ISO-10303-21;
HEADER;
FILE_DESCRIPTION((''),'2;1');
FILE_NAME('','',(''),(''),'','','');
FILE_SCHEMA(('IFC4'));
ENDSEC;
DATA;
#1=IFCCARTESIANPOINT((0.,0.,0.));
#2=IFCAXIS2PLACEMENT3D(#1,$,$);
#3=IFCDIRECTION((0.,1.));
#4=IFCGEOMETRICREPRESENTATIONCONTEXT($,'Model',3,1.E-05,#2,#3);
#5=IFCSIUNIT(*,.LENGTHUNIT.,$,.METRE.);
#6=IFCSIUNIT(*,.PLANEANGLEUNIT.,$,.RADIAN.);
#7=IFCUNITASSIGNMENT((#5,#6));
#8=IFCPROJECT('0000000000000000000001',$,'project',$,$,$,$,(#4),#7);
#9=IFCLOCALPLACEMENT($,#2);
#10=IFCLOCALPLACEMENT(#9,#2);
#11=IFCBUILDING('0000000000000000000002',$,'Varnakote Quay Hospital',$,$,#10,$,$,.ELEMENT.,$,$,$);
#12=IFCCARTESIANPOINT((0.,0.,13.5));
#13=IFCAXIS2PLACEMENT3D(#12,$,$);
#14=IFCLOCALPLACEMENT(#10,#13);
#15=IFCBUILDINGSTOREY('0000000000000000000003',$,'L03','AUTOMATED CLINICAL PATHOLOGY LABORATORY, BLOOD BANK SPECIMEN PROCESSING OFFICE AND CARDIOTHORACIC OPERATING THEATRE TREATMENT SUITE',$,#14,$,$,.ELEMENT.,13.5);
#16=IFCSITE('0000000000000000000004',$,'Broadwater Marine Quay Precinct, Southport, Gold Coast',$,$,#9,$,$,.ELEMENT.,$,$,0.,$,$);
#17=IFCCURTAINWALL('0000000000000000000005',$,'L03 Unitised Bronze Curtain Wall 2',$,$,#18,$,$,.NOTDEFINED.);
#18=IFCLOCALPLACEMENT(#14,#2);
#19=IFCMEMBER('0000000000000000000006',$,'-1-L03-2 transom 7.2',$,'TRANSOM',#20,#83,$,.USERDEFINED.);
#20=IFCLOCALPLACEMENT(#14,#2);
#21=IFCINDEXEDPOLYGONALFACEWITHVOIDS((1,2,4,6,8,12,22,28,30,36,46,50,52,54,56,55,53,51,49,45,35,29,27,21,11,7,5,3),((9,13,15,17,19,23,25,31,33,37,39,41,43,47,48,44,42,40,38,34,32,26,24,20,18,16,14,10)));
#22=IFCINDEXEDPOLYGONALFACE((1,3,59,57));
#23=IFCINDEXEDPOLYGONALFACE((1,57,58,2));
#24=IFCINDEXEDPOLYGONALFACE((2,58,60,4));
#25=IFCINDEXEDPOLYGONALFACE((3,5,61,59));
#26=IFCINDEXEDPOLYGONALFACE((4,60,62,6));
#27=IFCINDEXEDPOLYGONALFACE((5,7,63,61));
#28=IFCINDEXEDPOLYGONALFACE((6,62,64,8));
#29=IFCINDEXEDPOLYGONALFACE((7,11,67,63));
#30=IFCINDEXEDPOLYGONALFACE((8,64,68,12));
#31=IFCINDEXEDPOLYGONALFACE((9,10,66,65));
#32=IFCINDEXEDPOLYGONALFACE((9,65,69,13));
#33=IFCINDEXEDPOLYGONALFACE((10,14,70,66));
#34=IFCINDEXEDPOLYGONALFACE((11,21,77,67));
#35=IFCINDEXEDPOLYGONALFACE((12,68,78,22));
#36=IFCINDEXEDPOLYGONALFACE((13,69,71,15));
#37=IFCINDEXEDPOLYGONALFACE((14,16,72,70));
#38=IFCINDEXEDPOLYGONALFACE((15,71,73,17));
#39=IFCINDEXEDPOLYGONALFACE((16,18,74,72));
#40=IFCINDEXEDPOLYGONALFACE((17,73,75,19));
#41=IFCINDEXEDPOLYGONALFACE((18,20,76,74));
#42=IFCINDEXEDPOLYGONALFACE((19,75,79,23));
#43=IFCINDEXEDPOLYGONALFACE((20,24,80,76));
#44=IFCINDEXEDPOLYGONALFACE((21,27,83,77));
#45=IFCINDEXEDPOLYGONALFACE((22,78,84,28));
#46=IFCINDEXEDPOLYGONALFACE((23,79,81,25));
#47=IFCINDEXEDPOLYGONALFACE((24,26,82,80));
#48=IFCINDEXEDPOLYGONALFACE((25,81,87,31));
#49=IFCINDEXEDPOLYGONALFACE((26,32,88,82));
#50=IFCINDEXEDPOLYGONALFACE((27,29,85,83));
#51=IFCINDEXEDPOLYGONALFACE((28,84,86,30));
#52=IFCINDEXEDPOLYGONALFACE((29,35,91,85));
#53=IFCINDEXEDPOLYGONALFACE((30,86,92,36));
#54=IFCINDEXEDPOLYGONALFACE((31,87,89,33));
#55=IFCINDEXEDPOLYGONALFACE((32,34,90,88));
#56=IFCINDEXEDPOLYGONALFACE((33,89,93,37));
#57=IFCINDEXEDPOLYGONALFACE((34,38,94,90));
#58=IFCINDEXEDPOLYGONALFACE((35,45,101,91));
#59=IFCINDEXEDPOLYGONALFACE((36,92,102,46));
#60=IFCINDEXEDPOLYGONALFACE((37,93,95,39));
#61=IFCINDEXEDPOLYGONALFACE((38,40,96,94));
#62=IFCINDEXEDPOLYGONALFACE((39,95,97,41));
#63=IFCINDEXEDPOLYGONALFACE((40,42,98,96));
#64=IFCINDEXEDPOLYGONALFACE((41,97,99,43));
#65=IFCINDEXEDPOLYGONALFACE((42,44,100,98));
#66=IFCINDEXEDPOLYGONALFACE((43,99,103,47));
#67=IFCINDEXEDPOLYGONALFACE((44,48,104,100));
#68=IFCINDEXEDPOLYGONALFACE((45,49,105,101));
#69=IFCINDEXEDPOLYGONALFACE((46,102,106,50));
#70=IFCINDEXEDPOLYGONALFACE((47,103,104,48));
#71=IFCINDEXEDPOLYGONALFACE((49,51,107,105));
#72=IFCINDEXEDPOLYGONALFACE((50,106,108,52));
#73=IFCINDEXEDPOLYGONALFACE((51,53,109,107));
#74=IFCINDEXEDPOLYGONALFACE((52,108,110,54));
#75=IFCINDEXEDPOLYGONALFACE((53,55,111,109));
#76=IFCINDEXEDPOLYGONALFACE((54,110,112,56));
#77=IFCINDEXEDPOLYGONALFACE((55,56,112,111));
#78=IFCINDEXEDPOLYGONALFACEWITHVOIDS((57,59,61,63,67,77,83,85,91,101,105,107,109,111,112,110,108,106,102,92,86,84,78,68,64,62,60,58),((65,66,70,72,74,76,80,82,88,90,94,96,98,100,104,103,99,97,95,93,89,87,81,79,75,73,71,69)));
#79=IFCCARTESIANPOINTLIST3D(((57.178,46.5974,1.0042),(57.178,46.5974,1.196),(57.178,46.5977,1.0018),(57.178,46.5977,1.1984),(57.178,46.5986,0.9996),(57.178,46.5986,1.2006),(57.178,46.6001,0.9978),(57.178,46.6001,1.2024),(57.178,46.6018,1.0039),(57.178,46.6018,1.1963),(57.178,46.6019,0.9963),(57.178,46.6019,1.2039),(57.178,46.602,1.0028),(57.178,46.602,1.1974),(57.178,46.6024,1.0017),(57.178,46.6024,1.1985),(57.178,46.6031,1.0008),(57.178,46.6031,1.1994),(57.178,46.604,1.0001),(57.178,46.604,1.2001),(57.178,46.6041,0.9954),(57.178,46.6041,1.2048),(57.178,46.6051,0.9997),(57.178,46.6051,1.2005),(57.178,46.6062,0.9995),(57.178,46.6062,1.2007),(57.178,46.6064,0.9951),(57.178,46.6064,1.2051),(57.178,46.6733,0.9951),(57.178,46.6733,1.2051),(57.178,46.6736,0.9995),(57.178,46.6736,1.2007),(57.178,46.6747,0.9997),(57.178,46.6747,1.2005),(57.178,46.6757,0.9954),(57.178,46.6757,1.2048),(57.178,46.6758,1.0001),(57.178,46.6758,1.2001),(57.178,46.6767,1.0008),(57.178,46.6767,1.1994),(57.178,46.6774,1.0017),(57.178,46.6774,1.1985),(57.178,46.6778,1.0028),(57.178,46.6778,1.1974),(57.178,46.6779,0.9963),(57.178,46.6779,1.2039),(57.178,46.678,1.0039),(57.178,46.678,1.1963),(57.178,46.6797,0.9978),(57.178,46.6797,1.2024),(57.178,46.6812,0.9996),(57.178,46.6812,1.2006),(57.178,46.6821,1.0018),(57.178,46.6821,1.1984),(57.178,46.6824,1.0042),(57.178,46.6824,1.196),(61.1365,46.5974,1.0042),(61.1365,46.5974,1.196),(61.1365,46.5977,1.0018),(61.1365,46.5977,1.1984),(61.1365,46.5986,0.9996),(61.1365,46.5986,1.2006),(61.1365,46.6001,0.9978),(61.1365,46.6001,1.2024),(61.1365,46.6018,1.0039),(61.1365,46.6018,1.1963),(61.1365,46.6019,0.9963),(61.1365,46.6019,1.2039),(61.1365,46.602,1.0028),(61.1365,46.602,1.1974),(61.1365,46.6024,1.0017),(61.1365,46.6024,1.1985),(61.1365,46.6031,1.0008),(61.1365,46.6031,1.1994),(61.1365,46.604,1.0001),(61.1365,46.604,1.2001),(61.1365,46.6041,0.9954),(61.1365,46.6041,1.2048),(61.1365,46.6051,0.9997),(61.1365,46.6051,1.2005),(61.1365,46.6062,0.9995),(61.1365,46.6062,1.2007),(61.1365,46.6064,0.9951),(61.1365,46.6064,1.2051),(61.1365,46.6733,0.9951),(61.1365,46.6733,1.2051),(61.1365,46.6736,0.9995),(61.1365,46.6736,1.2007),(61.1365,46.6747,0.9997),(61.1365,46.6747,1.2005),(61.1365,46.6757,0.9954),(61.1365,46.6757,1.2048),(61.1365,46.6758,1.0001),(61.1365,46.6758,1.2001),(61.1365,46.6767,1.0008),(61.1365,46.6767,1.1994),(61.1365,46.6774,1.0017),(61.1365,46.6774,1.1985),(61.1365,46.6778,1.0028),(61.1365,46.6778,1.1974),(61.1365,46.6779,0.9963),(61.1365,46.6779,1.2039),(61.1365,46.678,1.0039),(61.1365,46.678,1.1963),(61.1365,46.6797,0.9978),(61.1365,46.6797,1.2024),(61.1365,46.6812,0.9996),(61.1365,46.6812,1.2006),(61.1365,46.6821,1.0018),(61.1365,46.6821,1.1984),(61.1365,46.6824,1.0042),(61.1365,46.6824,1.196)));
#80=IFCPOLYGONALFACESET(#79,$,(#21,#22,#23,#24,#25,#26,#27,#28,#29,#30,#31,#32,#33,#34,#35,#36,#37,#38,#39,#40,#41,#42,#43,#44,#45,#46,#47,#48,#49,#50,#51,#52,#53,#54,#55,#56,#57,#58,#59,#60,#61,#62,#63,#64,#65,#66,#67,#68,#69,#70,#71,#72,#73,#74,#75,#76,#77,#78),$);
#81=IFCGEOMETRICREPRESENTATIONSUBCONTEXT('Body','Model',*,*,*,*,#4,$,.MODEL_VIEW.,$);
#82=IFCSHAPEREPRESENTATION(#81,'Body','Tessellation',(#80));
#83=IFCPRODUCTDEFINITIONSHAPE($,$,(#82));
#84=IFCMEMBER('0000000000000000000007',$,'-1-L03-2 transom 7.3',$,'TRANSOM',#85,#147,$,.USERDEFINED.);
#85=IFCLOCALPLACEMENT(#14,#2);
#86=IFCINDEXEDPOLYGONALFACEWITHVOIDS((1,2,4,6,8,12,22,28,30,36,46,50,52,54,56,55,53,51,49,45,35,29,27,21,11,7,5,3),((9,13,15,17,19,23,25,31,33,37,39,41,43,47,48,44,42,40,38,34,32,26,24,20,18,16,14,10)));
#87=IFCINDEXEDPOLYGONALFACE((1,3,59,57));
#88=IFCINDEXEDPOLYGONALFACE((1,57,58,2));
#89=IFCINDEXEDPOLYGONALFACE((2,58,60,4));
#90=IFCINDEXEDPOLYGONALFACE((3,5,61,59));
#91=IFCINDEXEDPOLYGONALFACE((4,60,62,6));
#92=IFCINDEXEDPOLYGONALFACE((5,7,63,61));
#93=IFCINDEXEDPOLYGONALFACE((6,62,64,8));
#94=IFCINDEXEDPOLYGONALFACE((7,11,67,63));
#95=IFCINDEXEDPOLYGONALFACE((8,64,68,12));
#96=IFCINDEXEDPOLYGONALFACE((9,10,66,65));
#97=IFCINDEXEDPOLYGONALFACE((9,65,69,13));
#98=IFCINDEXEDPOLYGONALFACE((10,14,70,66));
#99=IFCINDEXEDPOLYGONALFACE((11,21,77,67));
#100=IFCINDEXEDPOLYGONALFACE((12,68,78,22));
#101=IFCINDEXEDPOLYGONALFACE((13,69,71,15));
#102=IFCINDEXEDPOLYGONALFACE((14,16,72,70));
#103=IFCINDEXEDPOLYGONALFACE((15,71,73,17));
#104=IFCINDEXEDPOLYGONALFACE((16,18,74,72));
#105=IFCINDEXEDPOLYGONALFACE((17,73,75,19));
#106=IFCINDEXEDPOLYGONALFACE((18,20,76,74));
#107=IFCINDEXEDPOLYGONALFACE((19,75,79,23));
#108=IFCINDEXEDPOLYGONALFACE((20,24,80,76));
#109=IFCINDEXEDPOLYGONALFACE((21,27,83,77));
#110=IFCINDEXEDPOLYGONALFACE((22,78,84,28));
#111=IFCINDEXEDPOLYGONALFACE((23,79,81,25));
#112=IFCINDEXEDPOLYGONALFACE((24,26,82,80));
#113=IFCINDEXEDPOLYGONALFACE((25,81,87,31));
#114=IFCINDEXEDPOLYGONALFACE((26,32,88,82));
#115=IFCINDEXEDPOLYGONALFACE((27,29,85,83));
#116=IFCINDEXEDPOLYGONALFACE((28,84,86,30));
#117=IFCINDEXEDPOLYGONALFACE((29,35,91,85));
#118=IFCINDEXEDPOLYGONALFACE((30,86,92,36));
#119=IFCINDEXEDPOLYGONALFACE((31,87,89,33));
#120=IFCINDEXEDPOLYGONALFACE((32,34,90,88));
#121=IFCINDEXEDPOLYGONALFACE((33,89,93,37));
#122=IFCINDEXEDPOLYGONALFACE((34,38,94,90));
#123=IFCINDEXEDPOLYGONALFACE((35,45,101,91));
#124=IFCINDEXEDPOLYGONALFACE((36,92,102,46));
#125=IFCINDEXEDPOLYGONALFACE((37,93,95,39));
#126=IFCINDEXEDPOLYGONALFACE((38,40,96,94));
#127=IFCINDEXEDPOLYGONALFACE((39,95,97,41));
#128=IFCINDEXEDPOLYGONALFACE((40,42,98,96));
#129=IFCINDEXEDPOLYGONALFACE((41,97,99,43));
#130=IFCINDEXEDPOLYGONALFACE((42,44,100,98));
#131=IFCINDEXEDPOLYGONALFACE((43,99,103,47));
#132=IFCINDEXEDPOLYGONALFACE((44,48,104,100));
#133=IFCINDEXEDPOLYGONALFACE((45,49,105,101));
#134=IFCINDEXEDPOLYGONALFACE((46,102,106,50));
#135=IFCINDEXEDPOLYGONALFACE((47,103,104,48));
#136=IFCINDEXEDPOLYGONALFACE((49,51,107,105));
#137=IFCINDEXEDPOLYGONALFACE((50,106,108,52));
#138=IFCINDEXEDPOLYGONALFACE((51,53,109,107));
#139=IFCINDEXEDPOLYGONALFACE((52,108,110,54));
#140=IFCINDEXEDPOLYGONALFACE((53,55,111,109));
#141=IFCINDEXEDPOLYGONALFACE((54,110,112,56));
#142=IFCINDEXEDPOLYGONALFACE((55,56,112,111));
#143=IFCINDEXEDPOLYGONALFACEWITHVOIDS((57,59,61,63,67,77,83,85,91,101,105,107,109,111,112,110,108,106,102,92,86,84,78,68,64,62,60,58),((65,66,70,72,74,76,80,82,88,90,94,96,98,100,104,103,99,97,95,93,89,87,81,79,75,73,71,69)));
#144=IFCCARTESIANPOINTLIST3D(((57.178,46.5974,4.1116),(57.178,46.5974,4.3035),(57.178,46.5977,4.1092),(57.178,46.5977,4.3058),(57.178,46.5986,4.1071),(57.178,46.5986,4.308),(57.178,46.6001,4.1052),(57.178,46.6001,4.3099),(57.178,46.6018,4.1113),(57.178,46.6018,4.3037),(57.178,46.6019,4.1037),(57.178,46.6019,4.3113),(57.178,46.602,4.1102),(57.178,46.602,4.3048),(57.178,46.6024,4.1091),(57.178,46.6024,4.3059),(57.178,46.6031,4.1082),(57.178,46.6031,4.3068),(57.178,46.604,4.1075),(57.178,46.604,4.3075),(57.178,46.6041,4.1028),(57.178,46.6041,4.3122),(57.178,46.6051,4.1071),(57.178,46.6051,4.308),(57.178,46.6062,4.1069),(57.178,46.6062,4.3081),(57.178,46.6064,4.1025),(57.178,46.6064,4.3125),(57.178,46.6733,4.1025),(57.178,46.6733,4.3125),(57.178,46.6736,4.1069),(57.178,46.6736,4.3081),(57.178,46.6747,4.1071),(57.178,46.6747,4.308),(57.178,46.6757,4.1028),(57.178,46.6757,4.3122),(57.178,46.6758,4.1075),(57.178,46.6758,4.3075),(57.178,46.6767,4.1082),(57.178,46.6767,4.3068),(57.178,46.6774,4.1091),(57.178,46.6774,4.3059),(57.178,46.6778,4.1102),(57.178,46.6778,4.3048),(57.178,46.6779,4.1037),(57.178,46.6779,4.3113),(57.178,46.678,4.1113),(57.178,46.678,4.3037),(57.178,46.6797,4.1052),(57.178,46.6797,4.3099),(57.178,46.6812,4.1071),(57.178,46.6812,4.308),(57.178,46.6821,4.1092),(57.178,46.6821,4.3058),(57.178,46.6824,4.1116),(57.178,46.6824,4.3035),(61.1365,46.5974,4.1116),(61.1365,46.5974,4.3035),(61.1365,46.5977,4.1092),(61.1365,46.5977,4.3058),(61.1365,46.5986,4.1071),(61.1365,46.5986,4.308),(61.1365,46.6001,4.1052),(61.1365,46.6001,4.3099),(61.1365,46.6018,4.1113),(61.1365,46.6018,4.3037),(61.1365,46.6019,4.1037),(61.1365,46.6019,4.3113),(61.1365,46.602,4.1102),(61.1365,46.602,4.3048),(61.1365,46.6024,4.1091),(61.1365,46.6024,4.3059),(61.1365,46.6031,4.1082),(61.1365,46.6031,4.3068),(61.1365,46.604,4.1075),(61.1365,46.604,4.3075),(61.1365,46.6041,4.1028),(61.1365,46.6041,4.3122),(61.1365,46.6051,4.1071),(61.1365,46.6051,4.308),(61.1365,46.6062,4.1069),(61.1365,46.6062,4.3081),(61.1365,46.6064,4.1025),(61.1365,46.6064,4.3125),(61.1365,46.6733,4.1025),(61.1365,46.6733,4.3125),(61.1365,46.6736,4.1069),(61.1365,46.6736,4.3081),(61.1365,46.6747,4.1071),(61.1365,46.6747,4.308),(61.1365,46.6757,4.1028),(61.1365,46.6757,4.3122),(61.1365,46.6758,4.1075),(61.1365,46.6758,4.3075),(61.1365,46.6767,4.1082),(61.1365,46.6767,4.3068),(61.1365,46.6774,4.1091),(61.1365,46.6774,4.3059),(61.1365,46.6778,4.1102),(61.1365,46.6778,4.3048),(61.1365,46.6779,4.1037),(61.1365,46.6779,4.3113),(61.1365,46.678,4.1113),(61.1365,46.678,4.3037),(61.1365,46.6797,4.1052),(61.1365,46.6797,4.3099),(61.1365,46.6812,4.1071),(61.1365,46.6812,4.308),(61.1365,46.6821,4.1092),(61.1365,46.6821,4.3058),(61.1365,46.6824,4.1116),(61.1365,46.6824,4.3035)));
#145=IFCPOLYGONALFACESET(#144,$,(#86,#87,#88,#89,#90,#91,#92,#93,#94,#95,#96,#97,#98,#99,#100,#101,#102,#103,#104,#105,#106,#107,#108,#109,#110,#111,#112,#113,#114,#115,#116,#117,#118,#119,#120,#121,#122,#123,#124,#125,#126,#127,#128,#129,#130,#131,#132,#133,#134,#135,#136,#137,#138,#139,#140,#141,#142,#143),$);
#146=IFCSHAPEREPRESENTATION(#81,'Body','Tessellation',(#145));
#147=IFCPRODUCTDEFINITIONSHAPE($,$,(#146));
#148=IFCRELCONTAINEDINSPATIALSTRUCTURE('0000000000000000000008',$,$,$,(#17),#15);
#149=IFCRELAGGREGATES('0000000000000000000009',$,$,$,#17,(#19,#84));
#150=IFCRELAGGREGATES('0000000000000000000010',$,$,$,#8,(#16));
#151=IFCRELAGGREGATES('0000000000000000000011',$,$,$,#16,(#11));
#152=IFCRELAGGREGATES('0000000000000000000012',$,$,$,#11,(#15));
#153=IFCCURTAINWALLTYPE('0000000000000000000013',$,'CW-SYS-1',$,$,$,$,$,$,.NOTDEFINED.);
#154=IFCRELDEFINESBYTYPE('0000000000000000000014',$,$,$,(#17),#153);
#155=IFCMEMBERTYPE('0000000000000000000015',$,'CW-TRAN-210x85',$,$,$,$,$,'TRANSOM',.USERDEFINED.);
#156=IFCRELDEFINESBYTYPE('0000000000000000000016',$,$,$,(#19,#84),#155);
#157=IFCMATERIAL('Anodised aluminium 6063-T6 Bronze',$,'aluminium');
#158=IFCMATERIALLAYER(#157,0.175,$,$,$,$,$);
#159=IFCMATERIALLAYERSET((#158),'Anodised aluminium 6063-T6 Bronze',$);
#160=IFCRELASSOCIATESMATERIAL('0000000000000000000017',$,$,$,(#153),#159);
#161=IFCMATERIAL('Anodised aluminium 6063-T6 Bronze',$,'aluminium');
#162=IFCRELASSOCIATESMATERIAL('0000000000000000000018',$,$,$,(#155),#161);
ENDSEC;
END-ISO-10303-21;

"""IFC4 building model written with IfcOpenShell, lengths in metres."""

from ifc_helpers import new_model, si_unit, direction, frame, origin, origin_2d, place, context, subcontext, project, spatial, hollow_rectangle, extrude, material, layer, layer_set, material_profile, profile_set, type_object, element, aggregate, save


model = new_model("IFC4")

# Units and contexts
model_context = context("Model", 3, precision=1e-05, world=origin(), true_north=direction((0.0, 1.0)))
body_context = subcontext(model_context, "Body", "Model", "MODEL_VIEW")
ifc_project = project(units=[si_unit("LENGTHUNIT", "METRE"), si_unit("PLANEANGLEUNIT", "RADIAN")], contexts=[model_context])

# Site, building, storey
site_placement = place(None, origin())
site = spatial("IfcSite", under=ifc_project, at=site_placement, Name="Broadwater Marine Quay Precinct, Southport, Gold Coast", CompositionType="ELEMENT", RefElevation=0.0)
building_placement = place(site_placement, origin())
building = spatial("IfcBuilding", under=site, at=building_placement, Name="Varnakote Quay Hospital", CompositionType="ELEMENT")
storey_placement = place(building_placement, frame((0.0, 0.0, 13.5)))
storey = spatial("IfcBuildingStorey", under=building, at=storey_placement, Name="L03", Description="AUTOMATED CLINICAL PATHOLOGY LABORATORY, BLOOD BANK SPECIMEN PROCESSING OFFICE AND CARDIOTHORACIC OPERATING THEATRE TREATMENT SUITE", CompositionType="ELEMENT", Elevation=13.5)

# Curtain wall, members
ifc_material_1 = material(Name="Anodised aluminium 6063-T6 Bronze", Category="aluminium")
ifc_layer_1 = layer(ifc_material_1, 0.175)
ifc_layer_set_1 = layer_set([ifc_layer_1], Name="Anodised aluminium 6063-T6 Bronze")
curtain_wall_type = type_object("IfcCurtainWallType", Name="CW-SYS-1", PredefinedType="NOTDEFINED", material=ifc_layer_set_1)
curtain_wall_placement = place(storey_placement, origin())
curtain_wall = element("IfcCurtainWall", 1, at=curtain_wall_placement, inside=storey, type_object=curtain_wall_type, Name="L03 Unitised Bronze Curtain Wall 2", PredefinedType="NOTDEFINED")
ifc_material_2 = material(Name="Anodised aluminium 6063-T6 Bronze", Category="aluminium")
ifc_material_profile_1 = material_profile(ifc_material_2, hollow_rectangle(XDim=0.085, YDim=0.21, WallThickness=0.0044, InnerFilletRadius=0.0044, OuterFilletRadius=0.009, at=origin_2d()), Name="CW-TRAN-210x85")
ifc_profile_set_1 = profile_set([ifc_material_profile_1], Name="Anodised aluminium 6063-T6 Bronze")
member_type_1 = type_object("IfcMemberType", Name="CW-TRAN-210x85", ElementType="TRANSOM", PredefinedType="USERDEFINED", material=ifc_profile_set_1)
member_1_placement = place(storey_placement, frame((61.1365, 46.6399, 1.1001), z_axis=(-1.0, 0.0, 0.0), x_axis=(0.0, -1.0, 0.0)))
member_1 = element("IfcMember", 2, at=member_1_placement, type_object=member_type_1, Name="-1-L03-2 transom 7.2", ObjectType="TRANSOM", PredefinedType="USERDEFINED", context=body_context, shape_type="SweptSolid", body=[
    extrude(hollow_rectangle(XDim=0.085, YDim=0.21, WallThickness=0.0044, InnerFilletRadius=0.0044, OuterFilletRadius=0.009, at=origin_2d()), origin(), (0.0, 0.0, 1.0), 3.9585),
])
member_2_placement = place(storey_placement, frame((61.1365, 46.6399, 4.2075), z_axis=(-1.0, 0.0, 0.0), x_axis=(0.0, -1.0, 0.0)))
member_2 = element("IfcMember", 3, at=member_2_placement, type_object=member_type_1, Name="-1-L03-2 transom 7.3", ObjectType="TRANSOM", PredefinedType="USERDEFINED", context=body_context, shape_type="SweptSolid", body=[
    extrude(hollow_rectangle(XDim=0.085, YDim=0.21, WallThickness=0.0044, InnerFilletRadius=0.0044, OuterFilletRadius=0.009, at=origin_2d()), origin(), (0.0, 0.0, 1.0), 3.9585),
])

aggregate(curtain_wall, [member_1, member_2])

save(model, "model.ifc")
